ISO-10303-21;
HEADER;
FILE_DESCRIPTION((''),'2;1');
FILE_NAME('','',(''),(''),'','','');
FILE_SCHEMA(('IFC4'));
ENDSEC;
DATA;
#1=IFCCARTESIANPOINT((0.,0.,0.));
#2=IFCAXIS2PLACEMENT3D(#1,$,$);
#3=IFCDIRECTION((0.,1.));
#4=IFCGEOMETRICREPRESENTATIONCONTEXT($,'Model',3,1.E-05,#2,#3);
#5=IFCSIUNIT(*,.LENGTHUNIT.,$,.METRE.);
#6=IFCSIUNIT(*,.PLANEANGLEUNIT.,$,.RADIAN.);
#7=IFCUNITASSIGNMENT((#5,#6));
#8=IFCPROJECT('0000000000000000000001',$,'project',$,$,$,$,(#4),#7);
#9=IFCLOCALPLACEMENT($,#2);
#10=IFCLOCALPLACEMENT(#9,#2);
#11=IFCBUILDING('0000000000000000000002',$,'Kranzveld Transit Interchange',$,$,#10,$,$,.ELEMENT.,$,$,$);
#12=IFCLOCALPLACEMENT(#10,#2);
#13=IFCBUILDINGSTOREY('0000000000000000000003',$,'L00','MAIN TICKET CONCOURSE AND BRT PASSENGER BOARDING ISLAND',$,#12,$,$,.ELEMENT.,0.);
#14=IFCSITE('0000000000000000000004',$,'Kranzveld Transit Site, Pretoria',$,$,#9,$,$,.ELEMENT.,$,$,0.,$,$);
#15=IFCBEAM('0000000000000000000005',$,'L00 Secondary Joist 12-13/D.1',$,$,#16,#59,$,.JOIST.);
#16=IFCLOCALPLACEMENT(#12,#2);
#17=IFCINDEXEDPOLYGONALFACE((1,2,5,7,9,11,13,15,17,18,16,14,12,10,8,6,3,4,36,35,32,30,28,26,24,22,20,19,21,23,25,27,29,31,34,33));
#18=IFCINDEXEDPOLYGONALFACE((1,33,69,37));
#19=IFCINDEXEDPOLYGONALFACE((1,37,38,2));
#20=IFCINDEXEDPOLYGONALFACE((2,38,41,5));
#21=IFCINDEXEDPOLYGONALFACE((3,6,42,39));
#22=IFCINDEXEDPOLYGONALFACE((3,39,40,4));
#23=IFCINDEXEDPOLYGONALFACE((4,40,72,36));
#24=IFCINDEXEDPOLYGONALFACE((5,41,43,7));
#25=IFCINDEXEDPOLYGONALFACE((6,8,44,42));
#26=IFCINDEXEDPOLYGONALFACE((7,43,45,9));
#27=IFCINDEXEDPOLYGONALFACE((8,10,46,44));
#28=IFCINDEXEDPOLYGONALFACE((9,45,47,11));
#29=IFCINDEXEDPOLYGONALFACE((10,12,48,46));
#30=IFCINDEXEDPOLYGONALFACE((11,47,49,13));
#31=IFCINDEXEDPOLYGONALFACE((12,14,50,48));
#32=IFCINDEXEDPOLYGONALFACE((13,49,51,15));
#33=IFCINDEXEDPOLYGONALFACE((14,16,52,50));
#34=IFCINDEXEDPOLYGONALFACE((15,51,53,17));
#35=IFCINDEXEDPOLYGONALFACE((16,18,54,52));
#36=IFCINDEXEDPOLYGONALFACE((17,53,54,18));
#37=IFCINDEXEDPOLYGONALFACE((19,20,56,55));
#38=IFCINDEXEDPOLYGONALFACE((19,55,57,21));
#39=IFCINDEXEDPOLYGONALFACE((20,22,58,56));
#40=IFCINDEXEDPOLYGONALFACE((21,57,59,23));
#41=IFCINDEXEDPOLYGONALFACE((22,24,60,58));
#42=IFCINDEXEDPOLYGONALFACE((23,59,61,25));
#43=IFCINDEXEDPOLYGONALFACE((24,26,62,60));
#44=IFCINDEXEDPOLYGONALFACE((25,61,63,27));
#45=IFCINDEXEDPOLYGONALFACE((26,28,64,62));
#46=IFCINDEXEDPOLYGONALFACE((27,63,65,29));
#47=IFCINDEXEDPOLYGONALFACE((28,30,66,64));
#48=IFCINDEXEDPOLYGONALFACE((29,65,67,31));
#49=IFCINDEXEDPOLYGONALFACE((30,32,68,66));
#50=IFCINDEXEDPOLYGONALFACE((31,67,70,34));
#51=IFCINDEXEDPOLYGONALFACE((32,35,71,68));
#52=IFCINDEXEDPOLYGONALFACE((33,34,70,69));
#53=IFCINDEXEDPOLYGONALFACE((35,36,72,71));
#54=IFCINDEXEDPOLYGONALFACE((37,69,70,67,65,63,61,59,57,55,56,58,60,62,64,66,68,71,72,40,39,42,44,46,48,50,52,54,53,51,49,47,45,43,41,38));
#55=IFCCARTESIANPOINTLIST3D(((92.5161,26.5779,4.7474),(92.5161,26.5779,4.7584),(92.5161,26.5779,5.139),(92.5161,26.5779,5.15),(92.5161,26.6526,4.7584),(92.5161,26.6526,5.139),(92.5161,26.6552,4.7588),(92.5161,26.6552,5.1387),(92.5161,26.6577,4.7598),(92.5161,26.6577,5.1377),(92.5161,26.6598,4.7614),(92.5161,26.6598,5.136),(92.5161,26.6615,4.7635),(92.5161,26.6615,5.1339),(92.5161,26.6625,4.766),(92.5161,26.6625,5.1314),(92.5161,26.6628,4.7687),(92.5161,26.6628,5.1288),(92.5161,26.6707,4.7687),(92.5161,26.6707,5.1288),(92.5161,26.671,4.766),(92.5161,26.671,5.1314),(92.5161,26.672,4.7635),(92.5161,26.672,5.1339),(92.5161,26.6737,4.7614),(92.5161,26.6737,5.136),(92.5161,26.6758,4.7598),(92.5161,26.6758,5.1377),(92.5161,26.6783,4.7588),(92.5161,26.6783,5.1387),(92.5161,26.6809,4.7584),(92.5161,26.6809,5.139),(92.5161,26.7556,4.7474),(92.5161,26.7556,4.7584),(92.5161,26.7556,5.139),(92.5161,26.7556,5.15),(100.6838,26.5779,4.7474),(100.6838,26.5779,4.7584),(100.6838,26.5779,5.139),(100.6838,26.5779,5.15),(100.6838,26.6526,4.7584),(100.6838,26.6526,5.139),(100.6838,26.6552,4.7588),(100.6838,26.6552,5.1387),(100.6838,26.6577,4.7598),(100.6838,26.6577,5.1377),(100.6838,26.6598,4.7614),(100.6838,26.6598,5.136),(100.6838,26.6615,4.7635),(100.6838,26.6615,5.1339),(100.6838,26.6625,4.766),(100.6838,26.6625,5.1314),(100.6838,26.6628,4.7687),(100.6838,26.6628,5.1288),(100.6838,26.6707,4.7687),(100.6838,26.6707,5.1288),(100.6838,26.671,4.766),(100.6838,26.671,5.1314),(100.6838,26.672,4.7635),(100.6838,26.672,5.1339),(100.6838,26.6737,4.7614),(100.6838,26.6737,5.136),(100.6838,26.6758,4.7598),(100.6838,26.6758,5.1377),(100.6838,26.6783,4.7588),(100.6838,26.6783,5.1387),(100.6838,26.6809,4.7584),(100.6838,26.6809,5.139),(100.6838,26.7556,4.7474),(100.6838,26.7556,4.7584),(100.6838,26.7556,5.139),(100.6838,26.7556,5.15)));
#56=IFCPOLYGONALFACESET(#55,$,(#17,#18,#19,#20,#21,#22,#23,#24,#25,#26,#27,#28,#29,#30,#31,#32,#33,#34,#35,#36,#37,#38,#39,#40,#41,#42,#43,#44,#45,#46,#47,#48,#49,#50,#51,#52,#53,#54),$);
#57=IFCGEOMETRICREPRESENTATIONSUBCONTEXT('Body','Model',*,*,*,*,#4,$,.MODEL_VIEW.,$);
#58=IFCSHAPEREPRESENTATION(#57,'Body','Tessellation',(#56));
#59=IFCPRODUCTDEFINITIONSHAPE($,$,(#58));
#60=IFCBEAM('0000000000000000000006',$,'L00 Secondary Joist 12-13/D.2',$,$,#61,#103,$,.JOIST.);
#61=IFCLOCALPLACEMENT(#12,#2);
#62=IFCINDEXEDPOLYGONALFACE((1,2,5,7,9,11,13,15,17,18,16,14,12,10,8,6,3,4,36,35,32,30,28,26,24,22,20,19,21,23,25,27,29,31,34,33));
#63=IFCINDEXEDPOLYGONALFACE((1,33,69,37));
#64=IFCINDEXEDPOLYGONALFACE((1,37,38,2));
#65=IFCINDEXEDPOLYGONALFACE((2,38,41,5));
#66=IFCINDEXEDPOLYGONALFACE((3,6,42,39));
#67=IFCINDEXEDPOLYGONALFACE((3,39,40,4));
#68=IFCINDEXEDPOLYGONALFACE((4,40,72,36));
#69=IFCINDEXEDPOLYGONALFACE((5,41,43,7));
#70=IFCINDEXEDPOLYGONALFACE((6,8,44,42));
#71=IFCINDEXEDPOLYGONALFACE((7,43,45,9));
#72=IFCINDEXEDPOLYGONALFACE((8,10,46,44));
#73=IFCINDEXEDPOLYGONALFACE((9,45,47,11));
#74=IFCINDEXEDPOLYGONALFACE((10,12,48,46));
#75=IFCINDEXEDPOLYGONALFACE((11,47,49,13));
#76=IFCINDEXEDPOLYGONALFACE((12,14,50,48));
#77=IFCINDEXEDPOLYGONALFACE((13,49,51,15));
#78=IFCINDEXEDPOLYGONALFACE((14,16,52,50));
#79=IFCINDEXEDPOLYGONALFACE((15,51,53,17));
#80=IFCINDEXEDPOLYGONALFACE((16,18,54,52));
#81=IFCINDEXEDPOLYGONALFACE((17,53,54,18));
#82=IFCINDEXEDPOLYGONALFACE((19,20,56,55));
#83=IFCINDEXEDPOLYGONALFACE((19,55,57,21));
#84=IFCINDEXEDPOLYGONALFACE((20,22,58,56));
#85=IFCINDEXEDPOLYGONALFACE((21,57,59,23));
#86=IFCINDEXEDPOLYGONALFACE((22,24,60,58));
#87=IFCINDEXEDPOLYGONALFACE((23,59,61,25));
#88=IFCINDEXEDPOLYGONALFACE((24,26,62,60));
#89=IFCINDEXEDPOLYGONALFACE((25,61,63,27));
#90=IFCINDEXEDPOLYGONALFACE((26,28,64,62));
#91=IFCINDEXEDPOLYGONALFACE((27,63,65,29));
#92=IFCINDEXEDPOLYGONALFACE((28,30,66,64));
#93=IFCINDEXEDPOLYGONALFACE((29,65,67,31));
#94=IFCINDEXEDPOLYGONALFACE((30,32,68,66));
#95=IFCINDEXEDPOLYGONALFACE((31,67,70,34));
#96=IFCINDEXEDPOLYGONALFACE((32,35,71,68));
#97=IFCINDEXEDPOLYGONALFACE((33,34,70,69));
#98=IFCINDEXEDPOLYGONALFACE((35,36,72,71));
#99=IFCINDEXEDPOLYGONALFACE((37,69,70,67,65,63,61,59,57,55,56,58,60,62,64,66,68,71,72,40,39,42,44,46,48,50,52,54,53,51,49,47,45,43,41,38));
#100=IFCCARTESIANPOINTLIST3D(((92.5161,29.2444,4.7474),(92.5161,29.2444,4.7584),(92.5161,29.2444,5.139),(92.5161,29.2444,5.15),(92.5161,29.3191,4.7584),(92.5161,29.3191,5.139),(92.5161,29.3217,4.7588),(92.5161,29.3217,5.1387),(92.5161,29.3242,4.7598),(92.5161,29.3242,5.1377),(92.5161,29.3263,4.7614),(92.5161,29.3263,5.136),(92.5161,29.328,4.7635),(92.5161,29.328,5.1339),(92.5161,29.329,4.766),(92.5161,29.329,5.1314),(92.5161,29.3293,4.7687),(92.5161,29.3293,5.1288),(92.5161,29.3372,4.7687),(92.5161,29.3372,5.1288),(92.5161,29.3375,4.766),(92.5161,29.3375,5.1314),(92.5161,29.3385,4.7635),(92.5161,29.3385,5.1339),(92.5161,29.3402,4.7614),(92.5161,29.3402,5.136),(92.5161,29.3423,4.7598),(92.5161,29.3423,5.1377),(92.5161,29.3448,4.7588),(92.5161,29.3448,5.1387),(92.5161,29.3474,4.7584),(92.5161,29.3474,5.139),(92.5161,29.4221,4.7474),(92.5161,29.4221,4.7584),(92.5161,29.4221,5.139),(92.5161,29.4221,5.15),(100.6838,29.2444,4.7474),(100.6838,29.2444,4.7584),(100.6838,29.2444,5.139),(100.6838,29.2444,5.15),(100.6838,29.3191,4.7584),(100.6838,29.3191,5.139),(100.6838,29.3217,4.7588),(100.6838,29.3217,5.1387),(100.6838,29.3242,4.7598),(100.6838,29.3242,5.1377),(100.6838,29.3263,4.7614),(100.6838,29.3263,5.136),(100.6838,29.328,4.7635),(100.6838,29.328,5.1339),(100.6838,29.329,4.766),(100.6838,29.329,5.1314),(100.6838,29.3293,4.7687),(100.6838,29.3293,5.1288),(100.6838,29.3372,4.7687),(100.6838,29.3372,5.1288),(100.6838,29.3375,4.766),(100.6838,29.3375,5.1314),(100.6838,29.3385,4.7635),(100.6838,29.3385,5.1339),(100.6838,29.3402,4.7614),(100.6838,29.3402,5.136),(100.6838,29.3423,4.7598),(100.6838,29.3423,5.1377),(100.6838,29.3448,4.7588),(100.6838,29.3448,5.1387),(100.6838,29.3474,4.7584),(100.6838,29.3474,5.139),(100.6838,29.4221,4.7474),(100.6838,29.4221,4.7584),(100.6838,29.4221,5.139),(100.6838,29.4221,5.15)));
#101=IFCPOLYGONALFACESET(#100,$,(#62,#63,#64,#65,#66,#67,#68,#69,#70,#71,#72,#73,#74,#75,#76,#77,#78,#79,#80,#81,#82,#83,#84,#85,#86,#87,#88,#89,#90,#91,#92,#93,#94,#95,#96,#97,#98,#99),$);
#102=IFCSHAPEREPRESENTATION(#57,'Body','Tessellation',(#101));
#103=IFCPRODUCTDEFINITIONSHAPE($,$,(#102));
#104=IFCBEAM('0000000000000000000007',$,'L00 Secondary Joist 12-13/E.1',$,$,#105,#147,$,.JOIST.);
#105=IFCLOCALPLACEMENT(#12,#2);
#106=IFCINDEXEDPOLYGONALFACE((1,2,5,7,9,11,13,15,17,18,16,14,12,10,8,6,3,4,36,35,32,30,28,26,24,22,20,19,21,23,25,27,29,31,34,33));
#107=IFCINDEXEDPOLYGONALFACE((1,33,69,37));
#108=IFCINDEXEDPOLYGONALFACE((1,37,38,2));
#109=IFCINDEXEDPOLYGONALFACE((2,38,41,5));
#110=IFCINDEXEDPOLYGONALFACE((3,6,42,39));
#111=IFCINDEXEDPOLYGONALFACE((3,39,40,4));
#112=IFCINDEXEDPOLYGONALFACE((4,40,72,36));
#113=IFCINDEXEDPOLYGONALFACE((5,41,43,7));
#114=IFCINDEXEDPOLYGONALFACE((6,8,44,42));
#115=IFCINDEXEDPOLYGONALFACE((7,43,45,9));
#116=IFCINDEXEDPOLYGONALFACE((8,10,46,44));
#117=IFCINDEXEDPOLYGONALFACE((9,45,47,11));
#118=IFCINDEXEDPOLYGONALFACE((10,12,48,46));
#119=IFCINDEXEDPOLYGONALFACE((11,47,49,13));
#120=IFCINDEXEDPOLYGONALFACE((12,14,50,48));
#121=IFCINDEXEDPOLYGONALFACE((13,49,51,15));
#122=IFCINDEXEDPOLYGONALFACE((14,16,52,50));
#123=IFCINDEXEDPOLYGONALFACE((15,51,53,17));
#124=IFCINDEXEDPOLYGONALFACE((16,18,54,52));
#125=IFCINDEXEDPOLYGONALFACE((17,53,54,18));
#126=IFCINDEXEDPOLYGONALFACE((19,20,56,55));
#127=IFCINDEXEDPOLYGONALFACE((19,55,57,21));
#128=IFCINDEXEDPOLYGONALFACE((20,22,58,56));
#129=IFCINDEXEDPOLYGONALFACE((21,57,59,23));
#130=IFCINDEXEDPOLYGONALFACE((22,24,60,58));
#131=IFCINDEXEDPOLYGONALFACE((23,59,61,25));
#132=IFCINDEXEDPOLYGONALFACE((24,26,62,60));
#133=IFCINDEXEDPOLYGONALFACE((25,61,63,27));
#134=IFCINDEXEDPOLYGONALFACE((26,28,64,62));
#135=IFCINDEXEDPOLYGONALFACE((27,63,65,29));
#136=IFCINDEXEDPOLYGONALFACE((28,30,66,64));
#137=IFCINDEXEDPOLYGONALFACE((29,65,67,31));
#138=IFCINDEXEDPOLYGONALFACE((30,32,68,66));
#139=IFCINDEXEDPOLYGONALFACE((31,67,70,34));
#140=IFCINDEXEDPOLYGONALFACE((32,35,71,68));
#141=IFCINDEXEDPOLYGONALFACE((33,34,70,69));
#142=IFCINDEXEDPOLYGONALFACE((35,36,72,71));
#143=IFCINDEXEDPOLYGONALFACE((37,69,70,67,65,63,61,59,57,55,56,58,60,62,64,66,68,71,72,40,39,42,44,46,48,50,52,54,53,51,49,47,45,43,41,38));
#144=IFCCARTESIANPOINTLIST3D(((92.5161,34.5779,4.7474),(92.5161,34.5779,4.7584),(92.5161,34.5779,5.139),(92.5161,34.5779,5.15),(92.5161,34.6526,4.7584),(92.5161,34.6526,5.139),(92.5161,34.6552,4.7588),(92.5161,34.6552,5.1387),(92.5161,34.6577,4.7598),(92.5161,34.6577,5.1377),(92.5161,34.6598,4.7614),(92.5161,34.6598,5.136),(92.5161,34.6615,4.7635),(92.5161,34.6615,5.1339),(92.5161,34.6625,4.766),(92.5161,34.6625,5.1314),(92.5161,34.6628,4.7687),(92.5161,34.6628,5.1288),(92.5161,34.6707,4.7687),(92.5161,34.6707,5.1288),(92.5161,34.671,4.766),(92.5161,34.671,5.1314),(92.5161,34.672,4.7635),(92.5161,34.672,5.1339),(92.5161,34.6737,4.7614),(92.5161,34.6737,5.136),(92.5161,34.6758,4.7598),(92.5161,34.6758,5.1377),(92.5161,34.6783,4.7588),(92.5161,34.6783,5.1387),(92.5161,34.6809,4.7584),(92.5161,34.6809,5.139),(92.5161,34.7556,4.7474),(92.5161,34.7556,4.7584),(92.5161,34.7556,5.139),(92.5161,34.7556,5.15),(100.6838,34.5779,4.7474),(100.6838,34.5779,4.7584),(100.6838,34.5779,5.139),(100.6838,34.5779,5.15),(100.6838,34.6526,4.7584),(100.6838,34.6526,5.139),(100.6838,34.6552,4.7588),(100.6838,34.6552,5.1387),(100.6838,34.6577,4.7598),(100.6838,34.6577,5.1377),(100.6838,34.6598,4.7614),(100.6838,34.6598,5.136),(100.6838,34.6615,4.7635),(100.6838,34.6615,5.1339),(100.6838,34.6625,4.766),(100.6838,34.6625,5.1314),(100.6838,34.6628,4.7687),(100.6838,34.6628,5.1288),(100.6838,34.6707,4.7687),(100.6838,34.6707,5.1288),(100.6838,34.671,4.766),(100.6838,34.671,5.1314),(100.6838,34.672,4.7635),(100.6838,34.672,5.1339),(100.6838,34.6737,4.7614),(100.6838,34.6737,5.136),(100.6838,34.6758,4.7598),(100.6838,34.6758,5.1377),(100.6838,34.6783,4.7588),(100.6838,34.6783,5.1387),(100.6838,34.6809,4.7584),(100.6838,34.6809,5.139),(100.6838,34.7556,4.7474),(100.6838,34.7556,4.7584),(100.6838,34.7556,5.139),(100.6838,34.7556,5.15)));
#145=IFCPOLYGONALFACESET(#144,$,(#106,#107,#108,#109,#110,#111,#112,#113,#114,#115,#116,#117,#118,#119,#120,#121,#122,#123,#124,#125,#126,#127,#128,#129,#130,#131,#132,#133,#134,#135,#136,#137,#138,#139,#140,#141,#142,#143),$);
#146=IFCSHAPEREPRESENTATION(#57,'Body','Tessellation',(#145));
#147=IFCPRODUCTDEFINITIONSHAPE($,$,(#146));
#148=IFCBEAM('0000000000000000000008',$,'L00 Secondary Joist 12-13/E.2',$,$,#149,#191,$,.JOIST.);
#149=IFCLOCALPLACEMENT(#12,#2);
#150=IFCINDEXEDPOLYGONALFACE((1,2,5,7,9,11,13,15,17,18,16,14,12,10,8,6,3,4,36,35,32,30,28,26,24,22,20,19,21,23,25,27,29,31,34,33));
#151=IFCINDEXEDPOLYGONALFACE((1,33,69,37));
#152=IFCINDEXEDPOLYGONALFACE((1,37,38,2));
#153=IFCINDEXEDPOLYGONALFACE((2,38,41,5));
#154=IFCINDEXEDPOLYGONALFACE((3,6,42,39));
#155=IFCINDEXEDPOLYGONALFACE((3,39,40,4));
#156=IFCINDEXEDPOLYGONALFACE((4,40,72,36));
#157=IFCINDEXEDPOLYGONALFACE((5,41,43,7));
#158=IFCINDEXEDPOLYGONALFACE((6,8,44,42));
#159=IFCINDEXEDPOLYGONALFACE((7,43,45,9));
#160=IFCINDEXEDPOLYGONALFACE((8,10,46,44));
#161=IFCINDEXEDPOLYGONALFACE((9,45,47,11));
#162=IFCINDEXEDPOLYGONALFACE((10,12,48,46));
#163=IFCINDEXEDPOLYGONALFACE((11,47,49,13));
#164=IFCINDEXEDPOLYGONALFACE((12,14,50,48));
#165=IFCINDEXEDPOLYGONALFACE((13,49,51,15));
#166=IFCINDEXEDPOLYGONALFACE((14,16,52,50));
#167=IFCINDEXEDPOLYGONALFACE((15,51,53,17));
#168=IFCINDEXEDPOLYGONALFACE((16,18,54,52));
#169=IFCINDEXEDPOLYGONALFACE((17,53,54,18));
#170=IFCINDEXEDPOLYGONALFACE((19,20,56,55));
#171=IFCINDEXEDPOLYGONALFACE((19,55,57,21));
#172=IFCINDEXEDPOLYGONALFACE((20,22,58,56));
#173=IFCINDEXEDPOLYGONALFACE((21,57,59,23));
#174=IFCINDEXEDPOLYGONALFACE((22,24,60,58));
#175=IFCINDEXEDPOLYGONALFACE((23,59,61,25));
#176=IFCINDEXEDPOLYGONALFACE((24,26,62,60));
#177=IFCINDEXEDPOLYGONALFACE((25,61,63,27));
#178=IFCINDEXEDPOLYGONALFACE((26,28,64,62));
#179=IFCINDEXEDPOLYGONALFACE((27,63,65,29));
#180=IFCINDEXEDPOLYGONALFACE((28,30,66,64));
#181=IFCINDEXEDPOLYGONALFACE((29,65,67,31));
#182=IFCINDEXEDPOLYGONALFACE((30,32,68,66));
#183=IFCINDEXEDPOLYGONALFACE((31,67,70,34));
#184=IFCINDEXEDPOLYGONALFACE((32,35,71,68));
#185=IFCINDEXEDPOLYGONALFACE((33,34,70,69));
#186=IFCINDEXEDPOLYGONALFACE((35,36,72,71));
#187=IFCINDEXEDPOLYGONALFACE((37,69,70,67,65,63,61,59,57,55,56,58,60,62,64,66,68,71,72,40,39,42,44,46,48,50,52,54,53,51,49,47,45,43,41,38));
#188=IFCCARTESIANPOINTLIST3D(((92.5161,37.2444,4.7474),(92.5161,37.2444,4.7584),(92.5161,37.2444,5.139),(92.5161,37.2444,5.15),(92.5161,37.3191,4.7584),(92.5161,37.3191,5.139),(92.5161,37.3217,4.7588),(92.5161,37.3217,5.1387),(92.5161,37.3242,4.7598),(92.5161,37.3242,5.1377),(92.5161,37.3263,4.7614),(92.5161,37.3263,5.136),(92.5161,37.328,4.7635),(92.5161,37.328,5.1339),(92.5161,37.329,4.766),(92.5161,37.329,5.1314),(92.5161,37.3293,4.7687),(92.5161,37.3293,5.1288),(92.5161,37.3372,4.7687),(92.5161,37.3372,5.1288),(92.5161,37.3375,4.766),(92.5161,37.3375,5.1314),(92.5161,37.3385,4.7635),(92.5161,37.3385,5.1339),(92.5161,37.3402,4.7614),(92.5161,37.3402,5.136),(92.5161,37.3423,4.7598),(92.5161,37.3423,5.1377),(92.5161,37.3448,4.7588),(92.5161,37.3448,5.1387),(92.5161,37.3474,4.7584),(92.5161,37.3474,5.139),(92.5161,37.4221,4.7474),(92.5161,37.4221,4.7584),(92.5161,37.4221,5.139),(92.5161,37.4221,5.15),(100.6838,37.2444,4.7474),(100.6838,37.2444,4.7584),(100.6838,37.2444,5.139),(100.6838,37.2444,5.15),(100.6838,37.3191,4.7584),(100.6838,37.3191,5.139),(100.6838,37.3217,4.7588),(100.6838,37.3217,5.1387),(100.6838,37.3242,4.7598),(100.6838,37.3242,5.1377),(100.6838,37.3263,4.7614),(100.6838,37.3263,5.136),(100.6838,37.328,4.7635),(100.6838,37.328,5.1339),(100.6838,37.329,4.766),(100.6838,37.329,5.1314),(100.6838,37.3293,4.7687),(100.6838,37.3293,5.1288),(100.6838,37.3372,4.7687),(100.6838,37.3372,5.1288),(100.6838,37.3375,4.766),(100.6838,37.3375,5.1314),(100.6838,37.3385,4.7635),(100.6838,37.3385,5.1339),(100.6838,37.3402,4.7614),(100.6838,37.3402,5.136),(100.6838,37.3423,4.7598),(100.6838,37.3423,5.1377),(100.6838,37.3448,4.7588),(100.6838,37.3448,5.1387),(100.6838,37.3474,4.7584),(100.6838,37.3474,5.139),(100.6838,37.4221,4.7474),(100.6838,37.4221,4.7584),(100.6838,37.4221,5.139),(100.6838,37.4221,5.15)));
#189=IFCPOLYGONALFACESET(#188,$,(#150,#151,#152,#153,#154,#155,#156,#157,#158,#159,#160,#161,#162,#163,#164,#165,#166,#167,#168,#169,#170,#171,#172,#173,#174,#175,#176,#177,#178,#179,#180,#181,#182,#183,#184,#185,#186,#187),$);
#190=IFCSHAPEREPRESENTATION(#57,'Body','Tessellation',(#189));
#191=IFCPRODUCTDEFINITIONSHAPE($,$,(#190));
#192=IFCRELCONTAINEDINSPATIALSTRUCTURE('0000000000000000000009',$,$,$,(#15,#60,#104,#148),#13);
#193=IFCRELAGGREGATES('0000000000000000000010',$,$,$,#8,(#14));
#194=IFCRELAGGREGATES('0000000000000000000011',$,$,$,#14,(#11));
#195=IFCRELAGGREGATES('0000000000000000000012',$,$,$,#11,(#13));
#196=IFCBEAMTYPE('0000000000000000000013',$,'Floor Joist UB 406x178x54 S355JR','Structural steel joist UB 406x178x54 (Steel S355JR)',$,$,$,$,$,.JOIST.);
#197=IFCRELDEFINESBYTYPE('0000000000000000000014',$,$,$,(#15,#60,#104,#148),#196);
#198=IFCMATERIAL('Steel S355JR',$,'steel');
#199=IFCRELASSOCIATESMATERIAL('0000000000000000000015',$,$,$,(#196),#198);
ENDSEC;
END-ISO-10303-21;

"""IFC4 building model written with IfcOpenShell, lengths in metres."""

from ifc_helpers import new_model, si_unit, direction, frame, origin, origin_2d, place, context, subcontext, project, spatial, i_section, extrude, material, material_profile, profile_set, type_object, element, save


model = new_model("IFC4")

# Units and contexts
model_context = context("Model", 3, precision=1e-05, world=origin(), true_north=direction((0.0, 1.0)))
body_context = subcontext(model_context, "Body", "Model", "MODEL_VIEW")
ifc_project = project(units=[si_unit("LENGTHUNIT", "METRE"), si_unit("PLANEANGLEUNIT", "RADIAN")], contexts=[model_context])

# Site, building, storey
site_placement = place(None, origin())
site = spatial("IfcSite", under=ifc_project, at=site_placement, Name="Kranzveld Transit Site, Pretoria", CompositionType="ELEMENT", RefElevation=0.0)
building_placement = place(site_placement, origin())
building = spatial("IfcBuilding", under=site, at=building_placement, Name="Kranzveld Transit Interchange", CompositionType="ELEMENT")
storey_placement = place(building_placement, origin())
storey = spatial("IfcBuildingStorey", under=building, at=storey_placement, Name="L00", Description="MAIN TICKET CONCOURSE AND BRT PASSENGER BOARDING ISLAND", CompositionType="ELEMENT", Elevation=0.0)

# Beams
ifc_material_1 = material(Name="Steel S355JR", Category="steel")
ifc_material_profile_1 = material_profile(ifc_material_1, i_section(OverallWidth=0.1777, OverallDepth=0.4026, WebThickness=0.0078, FlangeThickness=0.011, FilletRadius=0.0103, at=origin_2d()), Name="UB 406x178x54")
ifc_profile_set_1 = profile_set([ifc_material_profile_1], Name="Steel S355JR")
beam_type_1 = type_object("IfcBeamType", Name="Floor Joist UB 406x178x54 S355JR", Description="Structural steel joist UB 406x178x54 (Steel S355JR)", PredefinedType="JOIST", material=ifc_profile_set_1)
for number, where, z_axis, x_axis, name in (
    (1, (92.5161, 26.6667, 4.9487), (1.0, 0.0, 0.0), (0.0, 1.0, 0.0), "L00 Secondary Joist 12-13/D.1"),
    (2, (92.5161, 29.3333, 4.9487), (1.0, 0.0, 0.0), (0.0, 1.0, 0.0), "L00 Secondary Joist 12-13/D.2"),
    (3, (92.5161, 34.6667, 4.9487), (1.0, 0.0, 0.0), (0.0, 1.0, 0.0), "L00 Secondary Joist 12-13/E.1"),
    (4, (92.5161, 37.3333, 4.9487), (1.0, 0.0, 0.0), (0.0, 1.0, 0.0), "L00 Secondary Joist 12-13/E.2"),
):
    element("IfcBeam", number, at=place(storey_placement, frame(where, z_axis=z_axis, x_axis=x_axis)), inside=storey, type_object=beam_type_1, Name=name, PredefinedType="JOIST", context=body_context, shape_type="SweptSolid", body=[
        extrude(i_section(OverallWidth=0.1777, OverallDepth=0.4026, WebThickness=0.0078, FlangeThickness=0.011, FilletRadius=0.0103, at=origin_2d()), origin(), (0.0, 0.0, 1.0), 8.1677),
    ])

save(model, "model.ifc")
